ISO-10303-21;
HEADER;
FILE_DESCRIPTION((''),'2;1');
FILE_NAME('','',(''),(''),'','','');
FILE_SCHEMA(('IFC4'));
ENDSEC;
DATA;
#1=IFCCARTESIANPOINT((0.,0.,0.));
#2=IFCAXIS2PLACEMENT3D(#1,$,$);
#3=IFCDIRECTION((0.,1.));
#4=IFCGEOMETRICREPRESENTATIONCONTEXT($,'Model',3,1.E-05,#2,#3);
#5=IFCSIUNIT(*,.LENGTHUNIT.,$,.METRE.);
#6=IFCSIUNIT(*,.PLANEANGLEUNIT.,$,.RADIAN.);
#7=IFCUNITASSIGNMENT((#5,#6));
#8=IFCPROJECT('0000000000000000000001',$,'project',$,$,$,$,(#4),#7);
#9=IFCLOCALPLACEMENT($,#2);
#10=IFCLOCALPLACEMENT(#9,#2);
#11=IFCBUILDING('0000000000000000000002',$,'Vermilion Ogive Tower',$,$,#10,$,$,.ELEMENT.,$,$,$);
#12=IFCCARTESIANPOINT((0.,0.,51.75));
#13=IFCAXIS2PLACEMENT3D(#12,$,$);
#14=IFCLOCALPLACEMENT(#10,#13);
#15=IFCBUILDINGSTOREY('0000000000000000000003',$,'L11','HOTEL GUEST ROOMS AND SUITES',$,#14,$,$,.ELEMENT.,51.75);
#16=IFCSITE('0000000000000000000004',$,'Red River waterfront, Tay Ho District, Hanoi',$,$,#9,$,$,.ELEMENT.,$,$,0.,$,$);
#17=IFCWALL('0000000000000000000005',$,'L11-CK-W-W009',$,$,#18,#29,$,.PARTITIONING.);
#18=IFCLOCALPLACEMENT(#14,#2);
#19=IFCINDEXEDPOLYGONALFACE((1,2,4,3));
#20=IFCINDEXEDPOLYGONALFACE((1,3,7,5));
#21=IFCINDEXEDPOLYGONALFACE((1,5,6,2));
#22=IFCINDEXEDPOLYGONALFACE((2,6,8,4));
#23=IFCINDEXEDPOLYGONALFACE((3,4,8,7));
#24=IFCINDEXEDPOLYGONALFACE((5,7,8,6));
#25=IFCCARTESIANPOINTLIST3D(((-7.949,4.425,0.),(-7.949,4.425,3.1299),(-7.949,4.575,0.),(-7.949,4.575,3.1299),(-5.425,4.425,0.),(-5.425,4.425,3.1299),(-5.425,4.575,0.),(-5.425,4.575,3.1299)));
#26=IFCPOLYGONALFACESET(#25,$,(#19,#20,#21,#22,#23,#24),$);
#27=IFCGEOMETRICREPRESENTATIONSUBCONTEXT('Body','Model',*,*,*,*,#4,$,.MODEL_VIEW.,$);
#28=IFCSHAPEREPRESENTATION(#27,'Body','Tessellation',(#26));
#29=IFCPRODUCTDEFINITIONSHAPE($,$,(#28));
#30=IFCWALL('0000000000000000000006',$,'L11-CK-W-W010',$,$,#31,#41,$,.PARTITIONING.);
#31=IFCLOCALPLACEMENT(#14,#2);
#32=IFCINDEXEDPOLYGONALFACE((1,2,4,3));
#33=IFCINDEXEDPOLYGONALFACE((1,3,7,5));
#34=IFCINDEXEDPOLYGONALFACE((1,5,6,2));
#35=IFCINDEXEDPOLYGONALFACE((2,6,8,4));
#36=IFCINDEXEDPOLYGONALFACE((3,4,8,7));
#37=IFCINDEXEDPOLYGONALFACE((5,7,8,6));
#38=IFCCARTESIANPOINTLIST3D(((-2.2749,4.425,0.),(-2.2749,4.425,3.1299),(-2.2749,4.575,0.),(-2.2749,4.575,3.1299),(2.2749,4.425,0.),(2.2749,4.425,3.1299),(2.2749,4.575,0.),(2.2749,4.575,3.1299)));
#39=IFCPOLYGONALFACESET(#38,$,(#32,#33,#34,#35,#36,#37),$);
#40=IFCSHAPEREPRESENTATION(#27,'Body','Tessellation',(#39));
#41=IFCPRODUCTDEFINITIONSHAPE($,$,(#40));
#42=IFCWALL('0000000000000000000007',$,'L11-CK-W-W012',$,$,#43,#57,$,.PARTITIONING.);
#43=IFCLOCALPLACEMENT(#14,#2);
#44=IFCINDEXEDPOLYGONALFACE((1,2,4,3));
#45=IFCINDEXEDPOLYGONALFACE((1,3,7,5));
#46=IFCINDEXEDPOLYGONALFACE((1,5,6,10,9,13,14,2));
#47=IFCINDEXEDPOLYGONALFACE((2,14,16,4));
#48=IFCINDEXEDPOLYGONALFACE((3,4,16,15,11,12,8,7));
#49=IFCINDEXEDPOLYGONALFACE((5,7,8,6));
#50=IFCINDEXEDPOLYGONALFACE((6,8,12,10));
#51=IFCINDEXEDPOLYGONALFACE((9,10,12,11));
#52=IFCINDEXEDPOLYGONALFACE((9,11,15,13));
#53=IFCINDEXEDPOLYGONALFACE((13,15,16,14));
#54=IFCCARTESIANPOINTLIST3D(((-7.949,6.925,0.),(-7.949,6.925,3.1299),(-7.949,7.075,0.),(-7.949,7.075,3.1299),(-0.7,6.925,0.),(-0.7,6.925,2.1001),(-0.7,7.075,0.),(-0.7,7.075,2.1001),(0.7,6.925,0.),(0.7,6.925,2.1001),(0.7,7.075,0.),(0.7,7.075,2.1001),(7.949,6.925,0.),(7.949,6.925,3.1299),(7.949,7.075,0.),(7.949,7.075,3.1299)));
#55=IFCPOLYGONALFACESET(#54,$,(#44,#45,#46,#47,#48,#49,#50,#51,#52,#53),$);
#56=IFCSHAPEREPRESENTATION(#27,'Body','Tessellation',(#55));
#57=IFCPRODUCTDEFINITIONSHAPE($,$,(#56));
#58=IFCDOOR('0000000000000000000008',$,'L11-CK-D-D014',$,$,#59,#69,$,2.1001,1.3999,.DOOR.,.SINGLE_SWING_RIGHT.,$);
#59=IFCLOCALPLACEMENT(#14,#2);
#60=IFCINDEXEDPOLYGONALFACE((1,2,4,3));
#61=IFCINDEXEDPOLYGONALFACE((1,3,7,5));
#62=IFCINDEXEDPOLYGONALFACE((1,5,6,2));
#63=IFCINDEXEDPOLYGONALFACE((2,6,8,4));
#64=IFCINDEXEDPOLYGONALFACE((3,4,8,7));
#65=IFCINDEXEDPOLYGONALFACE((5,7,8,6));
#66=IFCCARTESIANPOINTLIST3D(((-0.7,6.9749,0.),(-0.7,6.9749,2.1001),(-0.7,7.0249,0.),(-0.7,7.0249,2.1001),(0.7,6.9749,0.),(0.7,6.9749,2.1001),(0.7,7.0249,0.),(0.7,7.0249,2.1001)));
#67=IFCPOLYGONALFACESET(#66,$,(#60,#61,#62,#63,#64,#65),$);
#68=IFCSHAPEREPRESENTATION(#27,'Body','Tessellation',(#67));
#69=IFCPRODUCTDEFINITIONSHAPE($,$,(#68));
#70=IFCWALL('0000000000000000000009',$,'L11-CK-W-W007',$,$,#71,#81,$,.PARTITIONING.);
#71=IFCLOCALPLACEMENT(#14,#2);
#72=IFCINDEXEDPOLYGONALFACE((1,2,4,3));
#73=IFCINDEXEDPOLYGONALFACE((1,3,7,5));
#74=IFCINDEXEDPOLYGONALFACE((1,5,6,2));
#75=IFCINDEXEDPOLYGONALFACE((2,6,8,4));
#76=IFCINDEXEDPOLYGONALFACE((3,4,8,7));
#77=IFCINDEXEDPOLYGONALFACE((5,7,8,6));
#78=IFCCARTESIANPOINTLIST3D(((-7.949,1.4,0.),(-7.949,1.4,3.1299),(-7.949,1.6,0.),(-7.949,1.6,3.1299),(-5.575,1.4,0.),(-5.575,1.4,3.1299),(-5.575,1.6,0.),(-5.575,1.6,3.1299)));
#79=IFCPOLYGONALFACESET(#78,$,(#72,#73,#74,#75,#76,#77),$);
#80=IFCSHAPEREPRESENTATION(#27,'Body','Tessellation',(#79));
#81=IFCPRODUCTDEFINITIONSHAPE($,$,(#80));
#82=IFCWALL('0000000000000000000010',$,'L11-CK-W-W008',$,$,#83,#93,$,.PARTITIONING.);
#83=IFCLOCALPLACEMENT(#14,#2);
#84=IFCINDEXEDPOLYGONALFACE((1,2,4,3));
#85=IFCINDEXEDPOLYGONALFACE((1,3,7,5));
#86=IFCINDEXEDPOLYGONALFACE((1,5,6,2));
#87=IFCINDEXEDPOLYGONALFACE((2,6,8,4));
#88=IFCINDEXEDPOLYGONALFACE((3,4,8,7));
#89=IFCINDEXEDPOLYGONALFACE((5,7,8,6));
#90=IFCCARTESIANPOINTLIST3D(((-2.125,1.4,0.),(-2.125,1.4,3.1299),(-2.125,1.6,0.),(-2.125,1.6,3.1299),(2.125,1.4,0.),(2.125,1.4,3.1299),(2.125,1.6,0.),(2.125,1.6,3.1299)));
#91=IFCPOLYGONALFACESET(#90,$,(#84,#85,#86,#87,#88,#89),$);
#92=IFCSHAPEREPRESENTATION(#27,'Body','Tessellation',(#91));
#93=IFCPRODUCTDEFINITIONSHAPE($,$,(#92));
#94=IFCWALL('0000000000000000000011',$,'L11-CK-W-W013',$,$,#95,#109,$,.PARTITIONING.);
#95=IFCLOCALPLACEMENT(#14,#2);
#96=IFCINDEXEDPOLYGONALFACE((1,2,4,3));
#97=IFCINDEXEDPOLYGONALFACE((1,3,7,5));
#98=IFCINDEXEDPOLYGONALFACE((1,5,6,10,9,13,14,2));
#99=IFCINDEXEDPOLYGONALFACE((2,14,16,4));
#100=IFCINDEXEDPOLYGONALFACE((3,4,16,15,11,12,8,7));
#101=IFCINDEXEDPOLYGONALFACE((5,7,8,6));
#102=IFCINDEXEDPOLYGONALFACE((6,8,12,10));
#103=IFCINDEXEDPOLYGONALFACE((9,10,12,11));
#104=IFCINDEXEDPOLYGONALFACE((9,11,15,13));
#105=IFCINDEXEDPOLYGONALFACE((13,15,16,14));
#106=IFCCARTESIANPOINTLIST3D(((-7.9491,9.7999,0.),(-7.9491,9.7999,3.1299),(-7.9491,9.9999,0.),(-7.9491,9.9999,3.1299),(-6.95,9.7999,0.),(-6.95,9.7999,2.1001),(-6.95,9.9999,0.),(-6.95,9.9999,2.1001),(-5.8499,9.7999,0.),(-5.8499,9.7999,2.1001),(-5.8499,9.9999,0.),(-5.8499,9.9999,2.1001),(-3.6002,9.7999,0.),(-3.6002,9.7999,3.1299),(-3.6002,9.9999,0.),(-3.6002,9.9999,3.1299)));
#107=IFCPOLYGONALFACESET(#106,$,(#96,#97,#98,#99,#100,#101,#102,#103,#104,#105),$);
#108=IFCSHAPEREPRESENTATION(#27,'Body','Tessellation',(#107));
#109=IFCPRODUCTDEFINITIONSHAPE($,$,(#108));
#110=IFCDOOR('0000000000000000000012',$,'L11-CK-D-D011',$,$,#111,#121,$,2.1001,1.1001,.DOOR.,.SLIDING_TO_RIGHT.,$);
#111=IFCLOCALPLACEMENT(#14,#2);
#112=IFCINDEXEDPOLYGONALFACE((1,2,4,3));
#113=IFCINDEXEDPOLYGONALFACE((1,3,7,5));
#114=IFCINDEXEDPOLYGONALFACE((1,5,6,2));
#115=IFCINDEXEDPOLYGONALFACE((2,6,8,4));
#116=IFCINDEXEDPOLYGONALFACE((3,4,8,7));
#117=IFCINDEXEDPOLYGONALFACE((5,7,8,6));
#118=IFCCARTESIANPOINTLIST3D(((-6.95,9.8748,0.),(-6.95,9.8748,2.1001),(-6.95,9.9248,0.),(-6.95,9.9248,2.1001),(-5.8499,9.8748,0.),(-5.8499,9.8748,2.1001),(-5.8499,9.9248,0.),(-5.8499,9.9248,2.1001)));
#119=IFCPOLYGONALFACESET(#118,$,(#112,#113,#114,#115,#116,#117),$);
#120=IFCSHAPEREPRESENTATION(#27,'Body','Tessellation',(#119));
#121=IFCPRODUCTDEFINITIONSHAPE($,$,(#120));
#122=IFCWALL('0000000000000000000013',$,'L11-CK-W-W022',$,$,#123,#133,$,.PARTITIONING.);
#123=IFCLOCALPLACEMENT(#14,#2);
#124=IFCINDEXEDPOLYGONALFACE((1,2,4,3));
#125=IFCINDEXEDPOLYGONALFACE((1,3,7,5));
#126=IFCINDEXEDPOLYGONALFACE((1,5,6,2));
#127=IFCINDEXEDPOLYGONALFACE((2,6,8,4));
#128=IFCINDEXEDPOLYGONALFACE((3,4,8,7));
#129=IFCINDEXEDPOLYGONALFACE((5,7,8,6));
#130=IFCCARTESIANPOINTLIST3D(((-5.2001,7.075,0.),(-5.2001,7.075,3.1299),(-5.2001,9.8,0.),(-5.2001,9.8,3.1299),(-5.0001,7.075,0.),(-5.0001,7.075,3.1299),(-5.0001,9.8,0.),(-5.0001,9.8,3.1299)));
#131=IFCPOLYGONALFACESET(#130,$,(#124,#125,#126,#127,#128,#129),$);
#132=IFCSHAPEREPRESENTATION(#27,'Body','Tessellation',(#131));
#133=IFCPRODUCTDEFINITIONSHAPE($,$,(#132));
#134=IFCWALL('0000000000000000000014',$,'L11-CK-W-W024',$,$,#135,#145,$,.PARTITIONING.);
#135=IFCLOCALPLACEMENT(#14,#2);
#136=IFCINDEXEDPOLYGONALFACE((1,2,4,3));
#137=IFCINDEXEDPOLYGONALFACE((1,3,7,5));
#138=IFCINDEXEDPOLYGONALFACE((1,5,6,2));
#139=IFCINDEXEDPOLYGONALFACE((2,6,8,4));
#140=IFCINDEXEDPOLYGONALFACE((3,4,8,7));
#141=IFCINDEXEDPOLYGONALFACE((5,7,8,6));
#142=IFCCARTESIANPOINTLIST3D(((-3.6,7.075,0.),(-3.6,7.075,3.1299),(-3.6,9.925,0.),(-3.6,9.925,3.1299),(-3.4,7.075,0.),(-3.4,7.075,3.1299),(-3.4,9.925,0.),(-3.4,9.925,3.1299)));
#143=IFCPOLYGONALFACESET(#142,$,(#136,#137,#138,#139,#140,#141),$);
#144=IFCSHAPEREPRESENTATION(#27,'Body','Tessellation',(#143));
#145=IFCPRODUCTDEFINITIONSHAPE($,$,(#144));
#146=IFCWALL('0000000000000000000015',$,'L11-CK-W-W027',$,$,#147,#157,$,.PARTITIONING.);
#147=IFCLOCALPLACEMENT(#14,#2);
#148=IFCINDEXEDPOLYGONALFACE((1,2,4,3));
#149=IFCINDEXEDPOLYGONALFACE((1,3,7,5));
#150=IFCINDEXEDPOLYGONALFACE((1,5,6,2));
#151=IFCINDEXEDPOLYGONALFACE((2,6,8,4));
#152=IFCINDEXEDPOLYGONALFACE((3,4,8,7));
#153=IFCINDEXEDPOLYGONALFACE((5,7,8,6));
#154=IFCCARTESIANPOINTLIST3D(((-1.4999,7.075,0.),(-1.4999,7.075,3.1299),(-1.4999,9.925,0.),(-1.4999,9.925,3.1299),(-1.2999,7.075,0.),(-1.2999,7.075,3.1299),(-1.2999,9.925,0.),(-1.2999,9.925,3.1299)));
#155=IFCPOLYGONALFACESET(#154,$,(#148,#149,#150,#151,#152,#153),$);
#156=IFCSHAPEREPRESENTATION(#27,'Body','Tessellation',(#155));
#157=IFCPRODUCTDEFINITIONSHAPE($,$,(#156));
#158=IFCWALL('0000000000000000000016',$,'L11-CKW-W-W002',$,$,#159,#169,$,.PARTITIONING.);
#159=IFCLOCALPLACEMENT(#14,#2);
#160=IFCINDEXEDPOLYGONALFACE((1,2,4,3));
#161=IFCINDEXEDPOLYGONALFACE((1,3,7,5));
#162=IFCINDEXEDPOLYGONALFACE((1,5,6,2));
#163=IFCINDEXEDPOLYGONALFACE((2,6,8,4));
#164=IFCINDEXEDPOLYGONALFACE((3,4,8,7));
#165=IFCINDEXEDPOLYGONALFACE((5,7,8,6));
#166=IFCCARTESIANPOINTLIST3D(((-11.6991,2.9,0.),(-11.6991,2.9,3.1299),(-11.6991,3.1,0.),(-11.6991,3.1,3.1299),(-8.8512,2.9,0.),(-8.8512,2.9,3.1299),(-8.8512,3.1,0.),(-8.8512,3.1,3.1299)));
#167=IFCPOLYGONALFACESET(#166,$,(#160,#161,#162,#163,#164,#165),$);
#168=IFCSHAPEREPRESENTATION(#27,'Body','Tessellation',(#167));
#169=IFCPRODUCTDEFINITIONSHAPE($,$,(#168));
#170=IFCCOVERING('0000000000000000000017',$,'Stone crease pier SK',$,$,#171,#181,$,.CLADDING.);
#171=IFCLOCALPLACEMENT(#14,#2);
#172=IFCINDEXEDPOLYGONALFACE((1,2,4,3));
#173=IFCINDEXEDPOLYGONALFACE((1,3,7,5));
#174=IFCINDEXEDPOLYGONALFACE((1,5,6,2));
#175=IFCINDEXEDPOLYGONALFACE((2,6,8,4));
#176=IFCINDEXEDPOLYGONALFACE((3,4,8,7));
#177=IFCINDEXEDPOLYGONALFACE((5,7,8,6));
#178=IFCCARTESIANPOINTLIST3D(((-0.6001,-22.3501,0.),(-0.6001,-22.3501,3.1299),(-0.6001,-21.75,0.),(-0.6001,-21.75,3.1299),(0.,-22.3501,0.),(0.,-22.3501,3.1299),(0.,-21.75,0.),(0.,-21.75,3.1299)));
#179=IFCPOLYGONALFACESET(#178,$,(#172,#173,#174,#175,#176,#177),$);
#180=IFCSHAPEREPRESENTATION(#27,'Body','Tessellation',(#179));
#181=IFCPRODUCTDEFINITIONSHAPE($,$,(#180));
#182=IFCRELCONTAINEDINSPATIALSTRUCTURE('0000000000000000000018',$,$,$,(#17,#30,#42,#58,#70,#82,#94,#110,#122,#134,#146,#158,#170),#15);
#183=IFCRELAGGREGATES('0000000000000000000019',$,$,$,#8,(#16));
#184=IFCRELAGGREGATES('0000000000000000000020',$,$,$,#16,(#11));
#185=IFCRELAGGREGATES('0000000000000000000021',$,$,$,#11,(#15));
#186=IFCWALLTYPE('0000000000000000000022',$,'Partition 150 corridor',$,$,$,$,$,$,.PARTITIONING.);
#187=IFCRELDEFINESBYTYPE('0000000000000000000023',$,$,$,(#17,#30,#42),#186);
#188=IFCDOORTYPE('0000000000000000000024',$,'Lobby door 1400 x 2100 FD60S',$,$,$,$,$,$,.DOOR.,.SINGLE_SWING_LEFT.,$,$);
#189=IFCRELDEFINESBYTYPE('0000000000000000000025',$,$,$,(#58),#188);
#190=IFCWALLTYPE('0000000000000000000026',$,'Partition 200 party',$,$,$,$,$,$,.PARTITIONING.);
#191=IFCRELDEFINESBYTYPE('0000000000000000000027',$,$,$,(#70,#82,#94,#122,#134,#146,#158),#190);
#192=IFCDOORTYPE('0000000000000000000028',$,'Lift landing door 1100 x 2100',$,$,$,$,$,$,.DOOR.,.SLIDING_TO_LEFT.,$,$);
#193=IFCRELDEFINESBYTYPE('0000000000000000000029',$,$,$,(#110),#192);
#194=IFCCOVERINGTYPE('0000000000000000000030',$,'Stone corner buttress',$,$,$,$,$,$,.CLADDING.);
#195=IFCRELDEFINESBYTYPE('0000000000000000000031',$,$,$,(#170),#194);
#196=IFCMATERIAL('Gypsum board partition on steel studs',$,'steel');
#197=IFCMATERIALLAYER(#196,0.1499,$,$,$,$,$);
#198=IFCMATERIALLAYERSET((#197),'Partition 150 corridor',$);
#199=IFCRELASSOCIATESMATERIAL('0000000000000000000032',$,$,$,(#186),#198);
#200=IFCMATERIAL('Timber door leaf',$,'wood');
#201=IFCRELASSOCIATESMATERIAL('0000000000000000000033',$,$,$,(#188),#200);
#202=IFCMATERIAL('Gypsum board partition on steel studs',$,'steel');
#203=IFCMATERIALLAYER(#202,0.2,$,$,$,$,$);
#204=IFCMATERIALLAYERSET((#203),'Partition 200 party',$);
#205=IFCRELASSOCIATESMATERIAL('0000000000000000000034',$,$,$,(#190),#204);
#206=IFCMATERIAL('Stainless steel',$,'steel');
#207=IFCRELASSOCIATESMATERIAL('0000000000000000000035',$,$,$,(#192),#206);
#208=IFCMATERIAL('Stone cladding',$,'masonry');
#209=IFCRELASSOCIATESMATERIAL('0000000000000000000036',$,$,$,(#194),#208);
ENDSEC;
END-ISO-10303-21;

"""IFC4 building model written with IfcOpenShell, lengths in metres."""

from ifc_helpers import new_model, si_unit, direction, frame, frame_2d, origin, place, context, subcontext, project, spatial, polyline, rectangle, outline, extrude, material, layer, layer_set, type_object, element, fill, save


model = new_model("IFC4")

# Units and contexts
model_context = context("Model", 3, precision=1e-05, world=origin(), true_north=direction((0.0, 1.0)))
body_context = subcontext(model_context, "Body", "Model", "MODEL_VIEW")
ifc_project = project(units=[si_unit("LENGTHUNIT", "METRE"), si_unit("PLANEANGLEUNIT", "RADIAN")], contexts=[model_context])

# Site, building, storey
site_placement = place(None, origin())
site = spatial("IfcSite", under=ifc_project, at=site_placement, Name="Red River waterfront, Tay Ho District, Hanoi", CompositionType="ELEMENT", RefElevation=0.0)
building_placement = place(site_placement, origin())
building = spatial("IfcBuilding", under=site, at=building_placement, Name="Vermilion Ogive Tower", CompositionType="ELEMENT")
storey_placement = place(building_placement, frame((0.0, 0.0, 51.75)))
storey = spatial("IfcBuildingStorey", under=building, at=storey_placement, Name="L11", Description="HOTEL GUEST ROOMS AND SUITES", CompositionType="ELEMENT", Elevation=51.75)

# Walls
ifc_material_1 = material(Name="Gypsum board partition on steel studs", Category="steel")
ifc_layer_1 = layer(ifc_material_1, 0.1499)
ifc_layer_set_1 = layer_set([ifc_layer_1], Name="Partition 150 corridor")
wall_type_1 = type_object("IfcWallType", Name="Partition 150 corridor", PredefinedType="PARTITIONING", material=ifc_layer_set_1)
wall_1_placement = place(storey_placement, frame((-7.949, 4.5, 0.0), z_axis=(0.0, 0.0, 1.0), x_axis=(1.0, 0.0, 0.0)))
element("IfcWall", 1, at=wall_1_placement, inside=storey, type_object=wall_type_1, Name="L11-CK-W-W009", PredefinedType="PARTITIONING", context=body_context, shape_type="SweptSolid", body=[
    extrude(rectangle(XDim=2.5239, YDim=0.1499, at=frame_2d((1.262, 0.0))), origin(), (0.0, 0.0, 1.0), 3.1299),
])
wall_2_placement = place(storey_placement, frame((-2.2749, 4.5, 0.0), z_axis=(0.0, 0.0, 1.0), x_axis=(1.0, 0.0, 0.0)))
element("IfcWall", 2, at=wall_2_placement, inside=storey, type_object=wall_type_1, Name="L11-CK-W-W010", PredefinedType="PARTITIONING", context=body_context, shape_type="SweptSolid", body=[
    extrude(rectangle(XDim=4.5498, YDim=0.1499, at=frame_2d((2.2749, 0.0))), origin(), (0.0, 0.0, 1.0), 3.1299),
])

# Wall, opening, door
wall_3_placement = place(storey_placement, frame((-7.949, 7.0, 0.0), z_axis=(0.0, 0.0, 1.0), x_axis=(1.0, 0.0, 0.0)))
wall_3 = element("IfcWall", 3, at=wall_3_placement, inside=storey, type_object=wall_type_1, Name="L11-CK-W-W012", PredefinedType="PARTITIONING", context=body_context, shape_type="SweptSolid", body=[
    extrude(rectangle(XDim=15.8979, YDim=0.1499, at=frame_2d((7.949, 0.0))), origin(), (0.0, 0.0, 1.0), 3.1299),
])
opening_1_placement = place(wall_3_placement, frame((7.249, 0.0, 0.0)))
opening_1 = element("IfcOpeningElement", 4, at=opening_1_placement, cuts=wall_3, PredefinedType="OPENING", context=body_context, shape_type="SweptSolid", body=[
    extrude(rectangle(XDim=1.3999, YDim=2.1001, at=frame_2d((0.7, 1.05))), frame((0.0, 0.085, 0.0), z_axis=(0.0, -1.0, 0.0), x_axis=(1.0, 0.0, 0.0)), (0.0, 0.0, 1.0), 0.1699),
])
ifc_material_2 = material(Name="Timber door leaf", Category="wood")
door_type_1 = type_object("IfcDoorType", Name="Lobby door 1400 x 2100 FD60S", OperationType="SINGLE_SWING_LEFT", PredefinedType="DOOR", material=ifc_material_2)
door_1_placement = place(opening_1_placement, origin())
door_1 = element("IfcDoor", 5, at=door_1_placement, inside=storey, type_object=door_type_1, Name="L11-CK-D-D014", OperationType="SINGLE_SWING_RIGHT", OverallHeight=2.1001, OverallWidth=1.3999, PredefinedType="DOOR", context=body_context, shape_type="SweptSolid", body=[
    extrude(rectangle(XDim=1.3999, YDim=2.1001, at=frame_2d((0.7, 1.05))), frame((0.0, 0.0249, 0.0), z_axis=(0.0, -1.0, 0.0), x_axis=(1.0, 0.0, 0.0)), (0.0, 0.0, 1.0), 0.05),
])
fill(opening_1, door_1)

# Walls
ifc_material_3 = material(Name="Gypsum board partition on steel studs", Category="steel")
ifc_layer_2 = layer(ifc_material_3, 0.2)
ifc_layer_set_2 = layer_set([ifc_layer_2], Name="Partition 200 party")
wall_type_2 = type_object("IfcWallType", Name="Partition 200 party", PredefinedType="PARTITIONING", material=ifc_layer_set_2)
wall_4_placement = place(storey_placement, frame((-7.949, 1.5, 0.0), z_axis=(0.0, 0.0, 1.0), x_axis=(1.0, 0.0, 0.0)))
element("IfcWall", 6, at=wall_4_placement, inside=storey, type_object=wall_type_2, Name="L11-CK-W-W007", PredefinedType="PARTITIONING", context=body_context, shape_type="SweptSolid", body=[
    extrude(rectangle(XDim=2.374, YDim=0.2, at=frame_2d((1.187, 0.0))), origin(), (0.0, 0.0, 1.0), 3.1299),
])
wall_5_placement = place(storey_placement, frame((-2.125, 1.5, 0.0), z_axis=(0.0, 0.0, 1.0), x_axis=(1.0, 0.0, 0.0)))
element("IfcWall", 7, at=wall_5_placement, inside=storey, type_object=wall_type_2, Name="L11-CK-W-W008", PredefinedType="PARTITIONING", context=body_context, shape_type="SweptSolid", body=[
    extrude(rectangle(XDim=4.25, YDim=0.2, at=frame_2d((2.125, 0.0))), origin(), (0.0, 0.0, 1.0), 3.1299),
])

# Wall, opening, door
wall_6_placement = place(storey_placement, frame((-7.949, 9.8999, 0.0), z_axis=(0.0, 0.0, 1.0), x_axis=(1.0, 0.0, 0.0)))
wall_6 = element("IfcWall", 8, at=wall_6_placement, inside=storey, type_object=wall_type_2, Name="L11-CK-W-W013", PredefinedType="PARTITIONING", context=body_context, shape_type="SweptSolid", body=[
    extrude(rectangle(XDim=4.3489, YDim=0.2, at=frame_2d((2.1743, 0.0))), origin(), (0.0, 0.0, 1.0), 3.1299),
])
opening_2_placement = place(wall_6_placement, frame((0.999, 0.0, 0.0)))
opening_2 = element("IfcOpeningElement", 9, at=opening_2_placement, cuts=wall_6, PredefinedType="OPENING", context=body_context, shape_type="SweptSolid", body=[
    extrude(rectangle(XDim=1.1001, YDim=2.1001, at=frame_2d((0.55, 1.05))), frame((0.0, 0.1099, 0.0), z_axis=(0.0, -1.0, 0.0), x_axis=(1.0, 0.0, 0.0)), (0.0, 0.0, 1.0), 0.22),
])
ifc_material_4 = material(Name="Stainless steel", Category="steel")
door_type_2 = type_object("IfcDoorType", Name="Lift landing door 1100 x 2100", OperationType="SLIDING_TO_LEFT", PredefinedType="DOOR", material=ifc_material_4)
door_2_placement = place(opening_2_placement, origin())
door_2 = element("IfcDoor", 10, at=door_2_placement, inside=storey, type_object=door_type_2, Name="L11-CK-D-D011", OperationType="SLIDING_TO_RIGHT", OverallHeight=2.1001, OverallWidth=1.1001, PredefinedType="DOOR", context=body_context, shape_type="SweptSolid", body=[
    extrude(rectangle(XDim=1.1001, YDim=2.1001, at=frame_2d((0.55, 1.05))), frame((0.0, 0.0249, 0.0), z_axis=(0.0, -1.0, 0.0), x_axis=(1.0, 0.0, 0.0)), (0.0, 0.0, 1.0), 0.05),
])
fill(opening_2, door_2)

# Walls
wall_7_placement = place(storey_placement, frame((-5.1001, 7.075, 0.0), z_axis=(0.0, 0.0, 1.0), x_axis=(0.0, 1.0, 0.0)))
element("IfcWall", 11, at=wall_7_placement, inside=storey, type_object=wall_type_2, Name="L11-CK-W-W022", PredefinedType="PARTITIONING", context=body_context, shape_type="SweptSolid", body=[
    extrude(rectangle(XDim=2.7251, YDim=0.2, at=frame_2d((1.3625, 0.0))), origin(), (0.0, 0.0, 1.0), 3.1299),
])
for number, where, z_axis, x_axis, name in (
    (12, (-3.5, 7.075, 0.0), (0.0, 0.0, 1.0), (0.0, 1.0, 0.0), "L11-CK-W-W024"),
    (13, (-1.3999, 7.075, 0.0), (0.0, 0.0, 1.0), (0.0, 1.0, 0.0), "L11-CK-W-W027"),
):
    element("IfcWall", number, at=place(storey_placement, frame(where, z_axis=z_axis, x_axis=x_axis)), inside=storey, type_object=wall_type_2, Name=name, PredefinedType="PARTITIONING", context=body_context, shape_type="SweptSolid", body=[
        extrude(rectangle(XDim=2.8501, YDim=0.2, at=frame_2d((1.425, 0.0))), origin(), (0.0, 0.0, 1.0), 3.1299),
    ])
wall_8_placement = place(storey_placement, frame((-11.699, 3.0, 0.0), z_axis=(0.0, 0.0, 1.0), x_axis=(1.0, 0.0, 0.0)))
element("IfcWall", 14, at=wall_8_placement, inside=storey, type_object=wall_type_2, Name="L11-CKW-W-W002", PredefinedType="PARTITIONING", context=body_context, shape_type="SweptSolid", body=[
    extrude(rectangle(XDim=2.8479, YDim=0.2, at=frame_2d((1.4238, 0.0))), origin(), (0.0, 0.0, 1.0), 3.1299),
])

# Covering
ifc_material_5 = material(Name="Stone cladding", Category="masonry")
covering_type = type_object("IfcCoveringType", Name="Stone corner buttress", PredefinedType="CLADDING", material=ifc_material_5)
covering_1_placement = place(storey_placement, origin())
element("IfcCovering", 15, at=covering_1_placement, inside=storey, type_object=covering_type, Name="Stone crease pier SK", PredefinedType="CLADDING", context=body_context, shape_type="SweptSolid", body=[
    extrude(outline(polyline([(-0.6001, -22.3501), (0.0, -22.3501), (0.0, -21.75), (-0.6001, -21.75), (-0.6001, -22.3501)])), origin(), (0.0, 0.0, 1.0), 3.1299),
])

save(model, "model.ifc")
